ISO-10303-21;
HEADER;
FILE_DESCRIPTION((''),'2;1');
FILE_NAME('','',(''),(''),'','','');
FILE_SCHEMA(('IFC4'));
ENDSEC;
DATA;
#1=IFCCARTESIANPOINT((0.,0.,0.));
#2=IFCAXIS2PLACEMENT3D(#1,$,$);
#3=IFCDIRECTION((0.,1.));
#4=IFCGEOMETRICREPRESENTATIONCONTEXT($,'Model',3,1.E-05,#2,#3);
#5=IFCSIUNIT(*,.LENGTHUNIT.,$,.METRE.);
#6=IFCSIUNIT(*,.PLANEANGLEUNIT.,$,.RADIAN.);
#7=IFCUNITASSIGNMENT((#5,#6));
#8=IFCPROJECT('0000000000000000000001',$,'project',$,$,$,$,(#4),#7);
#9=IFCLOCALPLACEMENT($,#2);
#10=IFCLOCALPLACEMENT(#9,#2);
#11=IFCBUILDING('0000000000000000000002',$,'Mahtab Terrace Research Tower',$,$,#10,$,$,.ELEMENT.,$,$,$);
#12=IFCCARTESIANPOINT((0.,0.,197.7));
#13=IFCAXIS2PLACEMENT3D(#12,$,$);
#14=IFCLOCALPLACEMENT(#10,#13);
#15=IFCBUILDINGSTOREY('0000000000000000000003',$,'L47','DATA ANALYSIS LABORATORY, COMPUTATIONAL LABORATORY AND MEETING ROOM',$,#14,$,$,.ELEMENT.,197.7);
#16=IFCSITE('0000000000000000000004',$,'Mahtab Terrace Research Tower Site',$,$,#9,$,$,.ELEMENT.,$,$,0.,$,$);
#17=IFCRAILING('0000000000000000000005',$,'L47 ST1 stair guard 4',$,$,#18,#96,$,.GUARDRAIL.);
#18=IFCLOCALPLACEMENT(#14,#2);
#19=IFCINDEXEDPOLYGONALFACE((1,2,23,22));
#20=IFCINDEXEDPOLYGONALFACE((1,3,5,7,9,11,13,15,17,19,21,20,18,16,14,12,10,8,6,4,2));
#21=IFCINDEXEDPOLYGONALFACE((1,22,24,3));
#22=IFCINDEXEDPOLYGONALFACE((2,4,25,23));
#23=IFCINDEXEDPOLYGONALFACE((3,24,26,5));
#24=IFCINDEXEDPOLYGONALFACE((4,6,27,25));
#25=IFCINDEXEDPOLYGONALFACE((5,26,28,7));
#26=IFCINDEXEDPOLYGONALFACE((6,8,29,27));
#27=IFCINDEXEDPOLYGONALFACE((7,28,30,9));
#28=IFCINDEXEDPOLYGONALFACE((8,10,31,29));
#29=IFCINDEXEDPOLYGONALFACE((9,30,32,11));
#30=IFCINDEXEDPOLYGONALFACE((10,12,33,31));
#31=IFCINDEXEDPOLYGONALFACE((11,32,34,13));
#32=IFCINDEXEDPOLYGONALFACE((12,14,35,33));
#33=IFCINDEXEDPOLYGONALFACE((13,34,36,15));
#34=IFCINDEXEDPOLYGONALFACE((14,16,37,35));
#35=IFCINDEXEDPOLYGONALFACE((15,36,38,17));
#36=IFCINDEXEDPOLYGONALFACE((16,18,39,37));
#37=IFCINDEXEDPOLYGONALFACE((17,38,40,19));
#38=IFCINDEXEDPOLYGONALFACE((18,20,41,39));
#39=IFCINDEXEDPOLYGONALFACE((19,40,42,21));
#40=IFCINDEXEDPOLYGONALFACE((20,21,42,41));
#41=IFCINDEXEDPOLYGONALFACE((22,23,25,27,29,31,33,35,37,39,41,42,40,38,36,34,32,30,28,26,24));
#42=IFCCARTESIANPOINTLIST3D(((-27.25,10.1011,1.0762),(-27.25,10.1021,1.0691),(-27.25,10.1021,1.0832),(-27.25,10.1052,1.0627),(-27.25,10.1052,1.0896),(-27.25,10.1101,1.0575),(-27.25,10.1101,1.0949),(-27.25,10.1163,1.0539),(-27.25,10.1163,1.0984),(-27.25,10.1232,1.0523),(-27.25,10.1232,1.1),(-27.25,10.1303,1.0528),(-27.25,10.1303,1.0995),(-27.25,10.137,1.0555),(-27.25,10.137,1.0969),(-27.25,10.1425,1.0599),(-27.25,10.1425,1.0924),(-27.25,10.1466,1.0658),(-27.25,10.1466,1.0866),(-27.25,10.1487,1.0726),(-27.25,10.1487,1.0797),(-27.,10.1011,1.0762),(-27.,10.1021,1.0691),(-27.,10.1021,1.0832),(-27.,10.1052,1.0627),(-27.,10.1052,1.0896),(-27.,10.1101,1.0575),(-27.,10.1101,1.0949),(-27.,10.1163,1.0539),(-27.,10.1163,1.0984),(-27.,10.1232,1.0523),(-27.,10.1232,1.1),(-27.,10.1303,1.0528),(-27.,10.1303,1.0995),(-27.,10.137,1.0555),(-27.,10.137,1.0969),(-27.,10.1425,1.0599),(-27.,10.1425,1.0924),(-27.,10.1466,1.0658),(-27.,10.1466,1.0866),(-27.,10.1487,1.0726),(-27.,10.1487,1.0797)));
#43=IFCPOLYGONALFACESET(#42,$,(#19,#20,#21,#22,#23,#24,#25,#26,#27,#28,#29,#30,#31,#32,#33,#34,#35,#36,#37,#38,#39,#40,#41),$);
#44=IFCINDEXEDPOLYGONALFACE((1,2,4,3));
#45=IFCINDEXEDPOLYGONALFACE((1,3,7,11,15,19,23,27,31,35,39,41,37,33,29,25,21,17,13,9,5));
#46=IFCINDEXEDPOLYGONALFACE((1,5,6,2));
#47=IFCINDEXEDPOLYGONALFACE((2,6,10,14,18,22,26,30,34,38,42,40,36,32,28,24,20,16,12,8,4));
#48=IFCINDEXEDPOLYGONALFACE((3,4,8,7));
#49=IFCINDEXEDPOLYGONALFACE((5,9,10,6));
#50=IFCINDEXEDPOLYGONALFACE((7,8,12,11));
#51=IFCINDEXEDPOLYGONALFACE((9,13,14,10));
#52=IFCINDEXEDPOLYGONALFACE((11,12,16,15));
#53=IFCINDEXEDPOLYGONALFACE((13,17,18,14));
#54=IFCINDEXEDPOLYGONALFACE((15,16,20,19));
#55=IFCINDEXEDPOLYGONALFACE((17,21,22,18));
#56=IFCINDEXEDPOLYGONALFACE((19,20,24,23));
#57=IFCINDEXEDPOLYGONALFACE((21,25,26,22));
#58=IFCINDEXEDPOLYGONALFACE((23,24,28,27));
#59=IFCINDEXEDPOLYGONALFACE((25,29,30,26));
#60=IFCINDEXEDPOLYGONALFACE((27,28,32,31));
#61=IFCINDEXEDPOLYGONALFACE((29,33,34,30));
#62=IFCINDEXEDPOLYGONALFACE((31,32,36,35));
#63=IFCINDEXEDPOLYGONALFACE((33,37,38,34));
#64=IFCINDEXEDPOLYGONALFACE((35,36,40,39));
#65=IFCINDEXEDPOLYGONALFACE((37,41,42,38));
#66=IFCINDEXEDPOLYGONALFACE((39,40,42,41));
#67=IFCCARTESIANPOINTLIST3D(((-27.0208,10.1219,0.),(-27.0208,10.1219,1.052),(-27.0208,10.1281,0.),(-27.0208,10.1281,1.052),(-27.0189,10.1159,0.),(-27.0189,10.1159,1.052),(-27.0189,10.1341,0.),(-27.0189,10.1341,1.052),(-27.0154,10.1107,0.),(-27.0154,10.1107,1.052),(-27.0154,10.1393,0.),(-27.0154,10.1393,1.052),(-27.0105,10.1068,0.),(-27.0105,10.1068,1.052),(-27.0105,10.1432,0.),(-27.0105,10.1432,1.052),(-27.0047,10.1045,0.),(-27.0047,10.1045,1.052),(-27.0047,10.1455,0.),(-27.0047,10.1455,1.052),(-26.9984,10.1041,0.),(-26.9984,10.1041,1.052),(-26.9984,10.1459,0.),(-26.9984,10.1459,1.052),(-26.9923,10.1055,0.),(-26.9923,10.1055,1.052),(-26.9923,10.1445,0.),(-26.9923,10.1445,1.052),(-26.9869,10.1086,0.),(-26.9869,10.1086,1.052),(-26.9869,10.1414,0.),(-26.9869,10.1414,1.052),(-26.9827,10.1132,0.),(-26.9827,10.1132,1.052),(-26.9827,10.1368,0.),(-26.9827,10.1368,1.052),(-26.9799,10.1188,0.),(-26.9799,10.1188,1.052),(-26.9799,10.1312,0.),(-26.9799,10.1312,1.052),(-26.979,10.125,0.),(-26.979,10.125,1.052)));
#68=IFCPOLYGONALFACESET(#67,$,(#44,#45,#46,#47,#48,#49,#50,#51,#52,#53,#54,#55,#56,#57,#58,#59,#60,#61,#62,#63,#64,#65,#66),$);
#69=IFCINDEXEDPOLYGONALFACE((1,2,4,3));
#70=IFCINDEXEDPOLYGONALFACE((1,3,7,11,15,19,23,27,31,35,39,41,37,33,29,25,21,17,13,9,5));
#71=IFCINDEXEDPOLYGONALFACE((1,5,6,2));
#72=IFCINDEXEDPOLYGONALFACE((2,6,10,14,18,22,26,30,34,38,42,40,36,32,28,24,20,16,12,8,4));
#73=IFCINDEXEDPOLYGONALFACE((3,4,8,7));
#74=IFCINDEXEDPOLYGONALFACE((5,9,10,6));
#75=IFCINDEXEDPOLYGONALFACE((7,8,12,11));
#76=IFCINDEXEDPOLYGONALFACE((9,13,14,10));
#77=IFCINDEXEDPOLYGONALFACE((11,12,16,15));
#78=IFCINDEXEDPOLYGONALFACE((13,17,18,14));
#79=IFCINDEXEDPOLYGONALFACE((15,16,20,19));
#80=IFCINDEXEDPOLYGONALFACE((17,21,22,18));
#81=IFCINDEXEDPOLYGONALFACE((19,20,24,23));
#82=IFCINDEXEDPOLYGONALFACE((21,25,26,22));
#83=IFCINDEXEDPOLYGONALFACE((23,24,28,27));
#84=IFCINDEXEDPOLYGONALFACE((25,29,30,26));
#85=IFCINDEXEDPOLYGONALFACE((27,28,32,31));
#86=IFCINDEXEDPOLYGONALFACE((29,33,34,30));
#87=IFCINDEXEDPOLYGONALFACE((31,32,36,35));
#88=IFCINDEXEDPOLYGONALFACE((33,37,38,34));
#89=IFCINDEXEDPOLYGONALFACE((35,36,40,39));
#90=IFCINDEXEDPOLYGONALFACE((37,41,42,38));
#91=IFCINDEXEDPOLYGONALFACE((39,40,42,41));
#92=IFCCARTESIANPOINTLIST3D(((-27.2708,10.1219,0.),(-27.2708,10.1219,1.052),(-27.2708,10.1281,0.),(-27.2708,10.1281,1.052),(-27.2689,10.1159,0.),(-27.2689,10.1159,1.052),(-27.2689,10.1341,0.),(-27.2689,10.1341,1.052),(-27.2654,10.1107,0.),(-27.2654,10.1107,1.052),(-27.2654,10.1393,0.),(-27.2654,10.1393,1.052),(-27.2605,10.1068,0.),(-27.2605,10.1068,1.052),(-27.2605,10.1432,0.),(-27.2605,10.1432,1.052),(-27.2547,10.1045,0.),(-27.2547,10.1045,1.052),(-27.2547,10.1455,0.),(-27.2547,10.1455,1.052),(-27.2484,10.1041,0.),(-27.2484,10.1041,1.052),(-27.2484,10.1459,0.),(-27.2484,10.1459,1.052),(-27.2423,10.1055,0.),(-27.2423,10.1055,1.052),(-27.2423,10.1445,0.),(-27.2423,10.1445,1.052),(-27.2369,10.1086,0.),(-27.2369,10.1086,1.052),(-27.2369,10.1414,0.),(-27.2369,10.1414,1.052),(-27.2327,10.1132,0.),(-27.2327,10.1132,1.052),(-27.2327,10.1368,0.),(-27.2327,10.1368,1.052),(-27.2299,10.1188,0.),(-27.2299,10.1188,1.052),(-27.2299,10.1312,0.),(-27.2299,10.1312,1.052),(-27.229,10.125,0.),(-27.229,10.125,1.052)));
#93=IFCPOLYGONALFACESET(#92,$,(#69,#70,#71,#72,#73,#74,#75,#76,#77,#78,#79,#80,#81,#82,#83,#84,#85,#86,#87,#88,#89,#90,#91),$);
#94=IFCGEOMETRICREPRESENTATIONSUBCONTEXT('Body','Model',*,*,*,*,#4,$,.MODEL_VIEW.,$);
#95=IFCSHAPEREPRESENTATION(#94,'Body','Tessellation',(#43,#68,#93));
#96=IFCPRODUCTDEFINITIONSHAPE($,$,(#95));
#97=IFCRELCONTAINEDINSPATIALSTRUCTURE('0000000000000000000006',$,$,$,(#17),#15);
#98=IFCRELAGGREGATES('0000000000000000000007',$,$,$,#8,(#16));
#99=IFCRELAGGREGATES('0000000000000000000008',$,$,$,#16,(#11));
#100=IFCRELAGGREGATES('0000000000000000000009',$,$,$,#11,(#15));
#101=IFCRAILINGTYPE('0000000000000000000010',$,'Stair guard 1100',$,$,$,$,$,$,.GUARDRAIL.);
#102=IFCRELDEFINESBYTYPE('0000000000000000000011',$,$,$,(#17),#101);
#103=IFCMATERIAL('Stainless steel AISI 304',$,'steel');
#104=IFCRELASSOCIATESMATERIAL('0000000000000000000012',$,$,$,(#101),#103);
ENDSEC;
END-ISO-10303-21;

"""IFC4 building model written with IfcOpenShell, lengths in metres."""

from ifc_helpers import new_model, si_unit, direction, frame, origin, origin_2d, place, context, subcontext, project, spatial, circle, extrude, material, type_object, element, save


model = new_model("IFC4")

# Units and contexts
model_context = context("Model", 3, precision=1e-05, world=origin(), true_north=direction((0.0, 1.0)))
body_context = subcontext(model_context, "Body", "Model", "MODEL_VIEW")
ifc_project = project(units=[si_unit("LENGTHUNIT", "METRE"), si_unit("PLANEANGLEUNIT", "RADIAN")], contexts=[model_context])

# Site, building, storey
site_placement = place(None, origin())
site = spatial("IfcSite", under=ifc_project, at=site_placement, Name="Mahtab Terrace Research Tower Site", CompositionType="ELEMENT", RefElevation=0.0)
building_placement = place(site_placement, origin())
building = spatial("IfcBuilding", under=site, at=building_placement, Name="Mahtab Terrace Research Tower", CompositionType="ELEMENT")
storey_placement = place(building_placement, frame((0.0, 0.0, 197.7)))
storey = spatial("IfcBuildingStorey", under=building, at=storey_placement, Name="L47", Description="DATA ANALYSIS LABORATORY, COMPUTATIONAL LABORATORY AND MEETING ROOM", CompositionType="ELEMENT", Elevation=197.7)

# Railing
ifc_material_1 = material(Name="Stainless steel AISI 304", Category="steel")
railing_type_1 = type_object("IfcRailingType", Name="Stair guard 1100", PredefinedType="GUARDRAIL", material=ifc_material_1)
railing_1_placement = place(storey_placement, frame((-27.0, 10.125, 0.0)))
element("IfcRailing", 1, at=railing_1_placement, inside=storey, type_object=railing_type_1, Name="L47 ST1 stair guard 4", PredefinedType="GUARDRAIL", context=body_context, shape_type="SweptSolid", body=[
    extrude(circle(Radius=0.0239, at=origin_2d()), frame((0.0, 0.0, 1.0762), z_axis=(-1.0, 0.0, 0.0), x_axis=(0.0, -1.0, 0.0)), (0.0, 0.0, 1.0), 0.25),
    extrude(circle(Radius=0.021, at=origin_2d()), origin(), (0.0, 0.0, 1.0), 1.052),
    extrude(circle(Radius=0.021, at=origin_2d()), frame((-0.25, 0.0, 0.0)), (0.0, 0.0, 1.0), 1.052),
])

save(model, "model.ifc")
